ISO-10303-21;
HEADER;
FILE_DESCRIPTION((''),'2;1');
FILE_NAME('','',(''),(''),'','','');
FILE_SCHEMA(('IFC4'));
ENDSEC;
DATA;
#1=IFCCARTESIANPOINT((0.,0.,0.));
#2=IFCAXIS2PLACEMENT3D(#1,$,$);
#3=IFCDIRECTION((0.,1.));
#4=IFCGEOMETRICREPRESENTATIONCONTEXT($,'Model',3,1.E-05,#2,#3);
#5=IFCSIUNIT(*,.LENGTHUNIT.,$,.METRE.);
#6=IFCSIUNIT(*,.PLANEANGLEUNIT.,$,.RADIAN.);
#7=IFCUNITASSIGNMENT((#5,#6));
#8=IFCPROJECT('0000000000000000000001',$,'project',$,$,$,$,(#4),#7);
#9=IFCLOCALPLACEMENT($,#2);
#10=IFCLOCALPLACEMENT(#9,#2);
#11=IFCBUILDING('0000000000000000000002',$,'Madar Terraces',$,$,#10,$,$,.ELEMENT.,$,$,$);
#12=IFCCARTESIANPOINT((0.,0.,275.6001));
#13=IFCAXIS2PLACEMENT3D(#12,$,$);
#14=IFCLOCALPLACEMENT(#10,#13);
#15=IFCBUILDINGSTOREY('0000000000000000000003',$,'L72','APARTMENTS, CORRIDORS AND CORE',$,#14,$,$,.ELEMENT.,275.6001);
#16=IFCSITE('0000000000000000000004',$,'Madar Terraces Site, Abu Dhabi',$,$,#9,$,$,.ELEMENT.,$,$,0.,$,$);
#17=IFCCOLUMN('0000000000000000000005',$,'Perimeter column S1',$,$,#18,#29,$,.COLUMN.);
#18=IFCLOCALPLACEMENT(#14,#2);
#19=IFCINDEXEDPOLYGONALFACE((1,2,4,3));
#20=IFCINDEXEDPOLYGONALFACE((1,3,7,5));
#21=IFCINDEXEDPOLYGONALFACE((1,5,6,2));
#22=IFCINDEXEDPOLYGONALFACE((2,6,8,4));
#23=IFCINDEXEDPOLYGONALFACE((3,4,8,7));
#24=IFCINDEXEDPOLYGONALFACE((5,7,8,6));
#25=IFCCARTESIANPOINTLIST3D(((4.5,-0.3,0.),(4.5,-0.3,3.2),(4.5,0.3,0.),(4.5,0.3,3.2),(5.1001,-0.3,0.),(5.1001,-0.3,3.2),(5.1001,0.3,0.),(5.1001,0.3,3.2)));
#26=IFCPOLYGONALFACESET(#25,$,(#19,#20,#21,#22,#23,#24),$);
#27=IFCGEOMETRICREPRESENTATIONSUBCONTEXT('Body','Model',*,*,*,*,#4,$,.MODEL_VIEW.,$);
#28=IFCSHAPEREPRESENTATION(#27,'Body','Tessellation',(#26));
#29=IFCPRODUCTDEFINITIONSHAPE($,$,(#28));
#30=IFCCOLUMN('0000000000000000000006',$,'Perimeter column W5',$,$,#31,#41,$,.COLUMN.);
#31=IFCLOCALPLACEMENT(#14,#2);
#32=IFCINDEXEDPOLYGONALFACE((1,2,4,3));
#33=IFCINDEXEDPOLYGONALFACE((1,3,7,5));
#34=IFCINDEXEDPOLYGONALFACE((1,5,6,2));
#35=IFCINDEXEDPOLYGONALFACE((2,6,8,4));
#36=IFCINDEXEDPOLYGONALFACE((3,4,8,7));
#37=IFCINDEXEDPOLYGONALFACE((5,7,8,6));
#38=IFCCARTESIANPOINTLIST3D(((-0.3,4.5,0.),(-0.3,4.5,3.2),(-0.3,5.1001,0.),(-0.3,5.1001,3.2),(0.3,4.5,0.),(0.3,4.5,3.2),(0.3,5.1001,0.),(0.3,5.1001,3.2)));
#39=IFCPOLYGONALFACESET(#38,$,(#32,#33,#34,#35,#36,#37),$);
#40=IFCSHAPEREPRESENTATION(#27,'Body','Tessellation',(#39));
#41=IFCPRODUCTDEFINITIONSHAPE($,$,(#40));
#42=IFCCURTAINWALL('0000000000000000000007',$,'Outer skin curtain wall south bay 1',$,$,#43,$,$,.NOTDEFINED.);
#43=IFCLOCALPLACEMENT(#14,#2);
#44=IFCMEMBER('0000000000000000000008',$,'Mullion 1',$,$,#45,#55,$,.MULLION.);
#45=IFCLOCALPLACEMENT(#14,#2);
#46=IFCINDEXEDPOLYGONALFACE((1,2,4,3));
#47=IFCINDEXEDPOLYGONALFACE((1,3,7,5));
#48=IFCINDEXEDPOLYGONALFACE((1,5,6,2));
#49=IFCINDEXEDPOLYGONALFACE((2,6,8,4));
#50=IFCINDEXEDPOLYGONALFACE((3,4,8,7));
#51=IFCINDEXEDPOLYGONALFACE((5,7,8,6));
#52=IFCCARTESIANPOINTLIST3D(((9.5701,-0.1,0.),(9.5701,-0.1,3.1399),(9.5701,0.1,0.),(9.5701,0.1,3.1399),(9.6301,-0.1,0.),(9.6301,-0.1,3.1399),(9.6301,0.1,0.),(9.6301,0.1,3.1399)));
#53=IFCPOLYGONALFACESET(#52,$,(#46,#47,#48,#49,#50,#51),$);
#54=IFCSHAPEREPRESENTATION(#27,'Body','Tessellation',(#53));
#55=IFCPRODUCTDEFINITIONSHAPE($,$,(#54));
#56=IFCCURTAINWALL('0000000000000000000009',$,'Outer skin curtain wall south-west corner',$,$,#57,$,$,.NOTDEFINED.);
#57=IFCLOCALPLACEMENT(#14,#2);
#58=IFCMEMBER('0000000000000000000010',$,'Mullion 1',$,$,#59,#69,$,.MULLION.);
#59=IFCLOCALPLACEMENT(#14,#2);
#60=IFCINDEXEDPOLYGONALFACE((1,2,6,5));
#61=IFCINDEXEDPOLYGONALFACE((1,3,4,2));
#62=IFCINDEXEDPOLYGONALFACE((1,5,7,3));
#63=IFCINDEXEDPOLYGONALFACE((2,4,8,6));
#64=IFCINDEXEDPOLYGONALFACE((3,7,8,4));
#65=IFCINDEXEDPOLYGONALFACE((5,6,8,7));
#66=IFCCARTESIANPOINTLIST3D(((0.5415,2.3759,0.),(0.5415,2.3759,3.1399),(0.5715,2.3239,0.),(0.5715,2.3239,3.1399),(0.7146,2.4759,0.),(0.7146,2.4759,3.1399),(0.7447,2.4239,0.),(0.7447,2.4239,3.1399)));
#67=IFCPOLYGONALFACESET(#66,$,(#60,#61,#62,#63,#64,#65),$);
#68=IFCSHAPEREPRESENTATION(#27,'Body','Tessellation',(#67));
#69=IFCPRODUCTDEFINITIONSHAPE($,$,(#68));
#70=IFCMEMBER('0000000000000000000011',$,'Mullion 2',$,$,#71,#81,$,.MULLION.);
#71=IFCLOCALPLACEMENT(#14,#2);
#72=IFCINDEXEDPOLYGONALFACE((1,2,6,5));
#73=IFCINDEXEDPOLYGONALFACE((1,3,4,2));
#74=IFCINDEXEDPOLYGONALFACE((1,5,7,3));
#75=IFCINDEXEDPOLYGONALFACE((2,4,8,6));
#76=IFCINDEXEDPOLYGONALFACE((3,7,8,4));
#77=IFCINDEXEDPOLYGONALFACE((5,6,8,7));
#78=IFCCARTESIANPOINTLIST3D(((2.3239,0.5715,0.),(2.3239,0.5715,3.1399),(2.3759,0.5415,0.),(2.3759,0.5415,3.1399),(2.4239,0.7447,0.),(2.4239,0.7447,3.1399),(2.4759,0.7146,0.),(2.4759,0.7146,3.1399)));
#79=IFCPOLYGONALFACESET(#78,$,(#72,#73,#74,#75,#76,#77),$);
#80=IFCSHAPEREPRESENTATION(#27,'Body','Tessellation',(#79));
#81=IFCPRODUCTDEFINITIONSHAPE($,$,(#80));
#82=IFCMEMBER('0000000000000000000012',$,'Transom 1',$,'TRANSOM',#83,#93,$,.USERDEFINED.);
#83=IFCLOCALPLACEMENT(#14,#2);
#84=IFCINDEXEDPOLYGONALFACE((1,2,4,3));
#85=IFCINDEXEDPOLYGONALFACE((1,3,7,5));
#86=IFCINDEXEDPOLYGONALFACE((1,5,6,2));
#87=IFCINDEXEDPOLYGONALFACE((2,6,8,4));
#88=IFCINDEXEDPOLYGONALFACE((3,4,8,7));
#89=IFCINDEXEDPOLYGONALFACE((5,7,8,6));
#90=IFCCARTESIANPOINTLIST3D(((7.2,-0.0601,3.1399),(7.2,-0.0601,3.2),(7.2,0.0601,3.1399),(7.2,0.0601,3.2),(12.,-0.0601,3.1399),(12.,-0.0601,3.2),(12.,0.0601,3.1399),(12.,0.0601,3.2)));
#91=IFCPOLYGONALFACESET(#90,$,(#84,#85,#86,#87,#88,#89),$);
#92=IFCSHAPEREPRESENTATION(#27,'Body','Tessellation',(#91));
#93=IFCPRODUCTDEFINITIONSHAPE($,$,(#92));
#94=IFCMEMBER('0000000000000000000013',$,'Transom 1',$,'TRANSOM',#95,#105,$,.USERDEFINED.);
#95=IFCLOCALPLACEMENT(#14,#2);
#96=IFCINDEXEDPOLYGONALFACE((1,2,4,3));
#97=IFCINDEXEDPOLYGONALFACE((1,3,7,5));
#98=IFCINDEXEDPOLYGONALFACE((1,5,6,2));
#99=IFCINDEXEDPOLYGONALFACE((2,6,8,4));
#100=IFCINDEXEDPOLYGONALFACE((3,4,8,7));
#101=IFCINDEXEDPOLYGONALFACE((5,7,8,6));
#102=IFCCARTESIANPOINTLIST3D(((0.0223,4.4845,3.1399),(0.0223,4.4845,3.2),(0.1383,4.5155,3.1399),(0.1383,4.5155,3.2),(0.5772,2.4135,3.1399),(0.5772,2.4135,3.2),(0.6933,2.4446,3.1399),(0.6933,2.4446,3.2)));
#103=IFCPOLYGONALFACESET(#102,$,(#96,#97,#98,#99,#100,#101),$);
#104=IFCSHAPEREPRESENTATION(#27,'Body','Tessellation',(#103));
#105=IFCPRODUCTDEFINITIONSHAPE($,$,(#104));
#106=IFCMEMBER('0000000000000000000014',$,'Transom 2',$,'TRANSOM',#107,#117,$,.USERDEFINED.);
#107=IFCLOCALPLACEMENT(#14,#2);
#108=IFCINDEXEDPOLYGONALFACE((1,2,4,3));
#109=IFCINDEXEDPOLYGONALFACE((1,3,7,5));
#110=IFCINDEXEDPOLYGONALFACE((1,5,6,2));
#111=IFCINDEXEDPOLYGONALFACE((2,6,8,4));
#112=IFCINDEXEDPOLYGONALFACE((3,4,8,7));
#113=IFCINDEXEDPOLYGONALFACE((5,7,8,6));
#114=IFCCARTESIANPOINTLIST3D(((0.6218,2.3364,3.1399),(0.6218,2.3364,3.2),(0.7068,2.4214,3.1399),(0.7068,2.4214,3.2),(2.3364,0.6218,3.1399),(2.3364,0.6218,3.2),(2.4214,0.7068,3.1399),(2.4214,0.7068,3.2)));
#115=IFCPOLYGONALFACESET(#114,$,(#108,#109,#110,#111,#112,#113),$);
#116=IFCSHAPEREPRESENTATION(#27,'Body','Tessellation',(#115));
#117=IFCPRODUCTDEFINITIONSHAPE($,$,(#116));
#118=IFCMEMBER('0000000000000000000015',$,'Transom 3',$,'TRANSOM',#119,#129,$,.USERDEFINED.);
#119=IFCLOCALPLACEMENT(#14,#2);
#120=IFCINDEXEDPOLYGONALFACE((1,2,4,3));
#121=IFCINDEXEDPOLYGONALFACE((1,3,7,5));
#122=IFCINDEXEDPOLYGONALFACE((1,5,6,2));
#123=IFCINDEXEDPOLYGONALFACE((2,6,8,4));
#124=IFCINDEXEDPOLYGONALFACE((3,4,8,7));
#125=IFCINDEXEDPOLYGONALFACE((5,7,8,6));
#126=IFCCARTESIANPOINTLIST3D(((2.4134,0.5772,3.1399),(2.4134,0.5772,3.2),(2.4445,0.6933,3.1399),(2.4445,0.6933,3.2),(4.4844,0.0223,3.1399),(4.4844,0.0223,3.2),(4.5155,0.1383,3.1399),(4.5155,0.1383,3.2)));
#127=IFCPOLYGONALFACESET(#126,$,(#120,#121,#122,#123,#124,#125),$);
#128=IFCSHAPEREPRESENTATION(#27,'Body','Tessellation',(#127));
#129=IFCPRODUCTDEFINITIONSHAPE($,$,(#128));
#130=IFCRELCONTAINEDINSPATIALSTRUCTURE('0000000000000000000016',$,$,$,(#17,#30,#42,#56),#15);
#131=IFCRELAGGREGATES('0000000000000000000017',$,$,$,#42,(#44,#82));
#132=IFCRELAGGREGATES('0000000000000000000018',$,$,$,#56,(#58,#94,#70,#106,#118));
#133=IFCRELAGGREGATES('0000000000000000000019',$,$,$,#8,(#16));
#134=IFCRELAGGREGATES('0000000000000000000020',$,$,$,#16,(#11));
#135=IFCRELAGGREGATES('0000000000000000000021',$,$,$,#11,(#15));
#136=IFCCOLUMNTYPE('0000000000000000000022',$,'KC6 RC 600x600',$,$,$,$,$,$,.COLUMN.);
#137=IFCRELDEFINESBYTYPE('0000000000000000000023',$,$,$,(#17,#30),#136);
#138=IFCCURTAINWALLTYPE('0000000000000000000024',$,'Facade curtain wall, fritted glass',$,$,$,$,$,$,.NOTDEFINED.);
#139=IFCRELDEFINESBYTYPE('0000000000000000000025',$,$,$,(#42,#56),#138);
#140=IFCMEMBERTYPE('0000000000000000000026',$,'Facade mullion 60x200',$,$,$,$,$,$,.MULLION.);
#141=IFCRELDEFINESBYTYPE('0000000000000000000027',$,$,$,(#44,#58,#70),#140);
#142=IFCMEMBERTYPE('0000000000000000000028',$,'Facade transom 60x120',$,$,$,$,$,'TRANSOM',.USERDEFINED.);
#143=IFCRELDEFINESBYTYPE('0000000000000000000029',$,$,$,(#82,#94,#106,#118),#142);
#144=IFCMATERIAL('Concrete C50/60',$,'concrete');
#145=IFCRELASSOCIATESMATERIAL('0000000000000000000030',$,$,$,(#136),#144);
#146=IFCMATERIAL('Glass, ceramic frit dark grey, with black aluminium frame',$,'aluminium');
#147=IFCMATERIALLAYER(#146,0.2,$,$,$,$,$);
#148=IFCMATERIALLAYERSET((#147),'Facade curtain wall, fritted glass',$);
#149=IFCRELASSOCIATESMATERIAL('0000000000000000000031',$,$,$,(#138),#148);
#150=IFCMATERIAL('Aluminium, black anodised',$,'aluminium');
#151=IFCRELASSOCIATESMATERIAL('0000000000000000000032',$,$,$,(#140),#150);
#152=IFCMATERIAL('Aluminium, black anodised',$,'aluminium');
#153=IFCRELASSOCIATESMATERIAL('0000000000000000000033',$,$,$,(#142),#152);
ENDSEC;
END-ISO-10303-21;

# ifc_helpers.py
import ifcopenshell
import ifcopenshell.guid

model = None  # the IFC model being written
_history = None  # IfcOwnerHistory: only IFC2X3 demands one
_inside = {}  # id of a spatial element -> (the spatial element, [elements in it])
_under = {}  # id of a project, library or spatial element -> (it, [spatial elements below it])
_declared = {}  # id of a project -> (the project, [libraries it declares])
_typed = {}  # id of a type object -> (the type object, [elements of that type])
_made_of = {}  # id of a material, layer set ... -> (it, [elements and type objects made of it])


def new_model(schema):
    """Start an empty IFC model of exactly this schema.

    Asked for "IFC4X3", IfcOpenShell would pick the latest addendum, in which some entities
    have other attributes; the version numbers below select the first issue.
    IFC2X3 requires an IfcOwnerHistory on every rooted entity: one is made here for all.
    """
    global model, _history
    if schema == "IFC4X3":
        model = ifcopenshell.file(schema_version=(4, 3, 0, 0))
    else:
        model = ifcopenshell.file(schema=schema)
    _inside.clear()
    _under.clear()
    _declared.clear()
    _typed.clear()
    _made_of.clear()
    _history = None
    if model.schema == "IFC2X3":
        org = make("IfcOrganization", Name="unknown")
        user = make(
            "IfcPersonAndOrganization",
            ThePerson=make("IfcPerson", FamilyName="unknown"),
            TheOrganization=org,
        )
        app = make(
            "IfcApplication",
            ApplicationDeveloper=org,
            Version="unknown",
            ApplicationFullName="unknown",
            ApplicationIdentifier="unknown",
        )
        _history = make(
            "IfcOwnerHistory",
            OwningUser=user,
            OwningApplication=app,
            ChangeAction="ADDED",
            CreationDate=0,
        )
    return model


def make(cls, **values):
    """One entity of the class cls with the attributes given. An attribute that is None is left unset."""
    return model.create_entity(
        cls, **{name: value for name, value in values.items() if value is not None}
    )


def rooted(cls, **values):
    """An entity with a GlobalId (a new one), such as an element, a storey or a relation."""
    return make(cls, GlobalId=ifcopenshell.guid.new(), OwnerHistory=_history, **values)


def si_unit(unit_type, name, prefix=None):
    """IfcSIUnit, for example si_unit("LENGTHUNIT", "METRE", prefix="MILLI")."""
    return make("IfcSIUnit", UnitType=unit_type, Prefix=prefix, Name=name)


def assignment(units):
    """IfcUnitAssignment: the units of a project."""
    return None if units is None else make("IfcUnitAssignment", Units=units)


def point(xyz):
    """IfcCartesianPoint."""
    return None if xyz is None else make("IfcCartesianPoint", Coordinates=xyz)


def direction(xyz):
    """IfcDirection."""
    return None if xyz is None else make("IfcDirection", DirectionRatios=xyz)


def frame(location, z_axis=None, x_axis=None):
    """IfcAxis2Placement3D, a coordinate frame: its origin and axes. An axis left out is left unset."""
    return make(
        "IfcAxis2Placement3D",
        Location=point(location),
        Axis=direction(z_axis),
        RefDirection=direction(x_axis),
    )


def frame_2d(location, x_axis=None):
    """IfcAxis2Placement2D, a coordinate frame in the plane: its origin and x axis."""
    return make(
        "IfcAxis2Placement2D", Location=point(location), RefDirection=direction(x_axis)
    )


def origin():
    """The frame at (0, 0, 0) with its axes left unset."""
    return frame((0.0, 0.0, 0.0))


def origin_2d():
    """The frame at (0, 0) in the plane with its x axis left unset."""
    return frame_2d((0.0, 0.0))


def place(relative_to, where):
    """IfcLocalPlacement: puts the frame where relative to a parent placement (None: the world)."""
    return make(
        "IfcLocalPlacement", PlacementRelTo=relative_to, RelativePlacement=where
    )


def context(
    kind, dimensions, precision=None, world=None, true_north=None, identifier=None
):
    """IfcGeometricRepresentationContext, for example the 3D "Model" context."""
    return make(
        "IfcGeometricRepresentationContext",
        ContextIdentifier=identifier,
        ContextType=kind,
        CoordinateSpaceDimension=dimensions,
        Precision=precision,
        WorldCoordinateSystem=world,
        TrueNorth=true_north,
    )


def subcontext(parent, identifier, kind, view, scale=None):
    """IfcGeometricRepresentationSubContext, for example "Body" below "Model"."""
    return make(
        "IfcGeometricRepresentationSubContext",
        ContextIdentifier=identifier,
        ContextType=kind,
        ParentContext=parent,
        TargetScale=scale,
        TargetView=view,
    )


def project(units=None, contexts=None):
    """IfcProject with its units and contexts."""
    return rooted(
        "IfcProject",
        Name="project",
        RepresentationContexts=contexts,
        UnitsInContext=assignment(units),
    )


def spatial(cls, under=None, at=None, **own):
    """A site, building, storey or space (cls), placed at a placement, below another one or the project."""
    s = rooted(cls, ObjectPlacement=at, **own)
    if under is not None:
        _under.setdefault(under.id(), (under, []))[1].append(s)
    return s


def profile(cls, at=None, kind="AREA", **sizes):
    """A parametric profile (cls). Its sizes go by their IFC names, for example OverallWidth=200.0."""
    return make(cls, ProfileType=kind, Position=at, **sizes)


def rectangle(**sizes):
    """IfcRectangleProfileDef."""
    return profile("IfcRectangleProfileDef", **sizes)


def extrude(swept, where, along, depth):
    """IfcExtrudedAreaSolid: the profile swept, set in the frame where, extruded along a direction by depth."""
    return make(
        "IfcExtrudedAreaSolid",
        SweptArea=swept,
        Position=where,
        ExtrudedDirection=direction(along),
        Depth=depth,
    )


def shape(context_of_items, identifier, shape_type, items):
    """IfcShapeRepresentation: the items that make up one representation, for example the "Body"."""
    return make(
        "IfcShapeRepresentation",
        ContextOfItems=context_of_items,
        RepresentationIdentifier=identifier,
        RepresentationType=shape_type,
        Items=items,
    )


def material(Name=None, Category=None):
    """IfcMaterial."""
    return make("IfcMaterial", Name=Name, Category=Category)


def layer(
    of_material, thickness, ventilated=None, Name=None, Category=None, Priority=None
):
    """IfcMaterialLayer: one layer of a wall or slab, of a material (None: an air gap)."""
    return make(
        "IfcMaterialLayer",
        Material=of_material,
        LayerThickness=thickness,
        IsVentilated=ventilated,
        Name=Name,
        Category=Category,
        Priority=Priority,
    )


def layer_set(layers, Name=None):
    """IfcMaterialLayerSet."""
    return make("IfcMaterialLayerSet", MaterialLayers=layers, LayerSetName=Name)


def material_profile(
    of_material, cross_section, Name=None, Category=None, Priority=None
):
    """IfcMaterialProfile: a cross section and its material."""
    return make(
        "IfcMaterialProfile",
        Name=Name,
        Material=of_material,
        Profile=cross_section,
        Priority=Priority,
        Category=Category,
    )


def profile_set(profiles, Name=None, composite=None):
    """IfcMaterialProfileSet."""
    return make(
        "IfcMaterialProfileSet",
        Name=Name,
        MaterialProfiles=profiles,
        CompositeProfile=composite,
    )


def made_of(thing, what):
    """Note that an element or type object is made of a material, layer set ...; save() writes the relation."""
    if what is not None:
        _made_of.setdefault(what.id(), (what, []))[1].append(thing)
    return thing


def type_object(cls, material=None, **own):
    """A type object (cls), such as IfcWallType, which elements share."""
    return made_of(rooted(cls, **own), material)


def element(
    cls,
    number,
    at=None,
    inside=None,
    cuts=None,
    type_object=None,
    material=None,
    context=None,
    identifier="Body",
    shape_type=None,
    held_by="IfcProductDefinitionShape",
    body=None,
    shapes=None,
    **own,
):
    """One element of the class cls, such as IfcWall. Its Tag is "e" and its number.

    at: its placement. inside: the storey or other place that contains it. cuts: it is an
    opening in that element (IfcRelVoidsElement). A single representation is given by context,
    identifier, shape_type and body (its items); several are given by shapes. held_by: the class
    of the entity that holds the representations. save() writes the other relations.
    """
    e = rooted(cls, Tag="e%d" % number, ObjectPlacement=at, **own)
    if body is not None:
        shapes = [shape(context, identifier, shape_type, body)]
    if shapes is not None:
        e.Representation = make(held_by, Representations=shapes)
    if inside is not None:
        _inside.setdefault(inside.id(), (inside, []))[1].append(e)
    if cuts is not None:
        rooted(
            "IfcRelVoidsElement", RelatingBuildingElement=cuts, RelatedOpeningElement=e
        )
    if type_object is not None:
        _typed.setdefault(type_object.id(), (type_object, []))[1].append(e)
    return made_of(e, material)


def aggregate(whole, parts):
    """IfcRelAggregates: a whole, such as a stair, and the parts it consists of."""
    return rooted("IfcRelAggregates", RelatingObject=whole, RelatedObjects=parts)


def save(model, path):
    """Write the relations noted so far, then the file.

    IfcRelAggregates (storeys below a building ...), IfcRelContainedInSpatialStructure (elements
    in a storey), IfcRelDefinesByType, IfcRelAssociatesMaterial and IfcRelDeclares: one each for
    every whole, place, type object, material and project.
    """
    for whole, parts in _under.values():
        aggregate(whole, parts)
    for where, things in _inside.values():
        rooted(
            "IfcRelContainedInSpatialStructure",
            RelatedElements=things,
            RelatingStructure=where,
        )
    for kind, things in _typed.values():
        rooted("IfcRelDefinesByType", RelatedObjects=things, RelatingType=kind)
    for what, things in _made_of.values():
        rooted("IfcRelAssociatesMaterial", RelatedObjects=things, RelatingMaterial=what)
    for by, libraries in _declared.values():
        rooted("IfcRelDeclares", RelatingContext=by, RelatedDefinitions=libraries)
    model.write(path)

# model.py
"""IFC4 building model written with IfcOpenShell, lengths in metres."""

from ifc_helpers import new_model, si_unit, direction, frame, origin, origin_2d, place, context, subcontext, project, spatial, rectangle, extrude, material, layer, layer_set, material_profile, profile_set, type_object, element, aggregate, save


model = new_model("IFC4")

# Units and contexts
model_context = context("Model", 3, precision=1e-05, world=origin(), true_north=direction((0.0, 1.0)))
body_context = subcontext(model_context, "Body", "Model", "MODEL_VIEW")
ifc_project = project(units=[si_unit("LENGTHUNIT", "METRE"), si_unit("PLANEANGLEUNIT", "RADIAN")], contexts=[model_context])

# Site, building, storey
site_placement = place(None, origin())
site = spatial("IfcSite", under=ifc_project, at=site_placement, Name="Madar Terraces Site, Abu Dhabi", CompositionType="ELEMENT", RefElevation=0.0)
building_placement = place(site_placement, origin())
building = spatial("IfcBuilding", under=site, at=building_placement, Name="Madar Terraces", CompositionType="ELEMENT")
storey_placement = place(building_placement, frame((0.0, 0.0, 275.6001)))
storey = spatial("IfcBuildingStorey", under=building, at=storey_placement, Name="L72", Description="APARTMENTS, CORRIDORS AND CORE", CompositionType="ELEMENT", Elevation=275.6001)

# Columns
ifc_material_1 = material(Name="Concrete C50/60", Category="concrete")
ifc_material_profile_1 = material_profile(ifc_material_1, rectangle(XDim=0.6001, YDim=0.6001, at=origin_2d()), Name="KC6 RC 600x600")
ifc_profile_set_1 = profile_set([ifc_material_profile_1], Name="Concrete C50/60")
column_type = type_object("IfcColumnType", Name="KC6 RC 600x600", PredefinedType="COLUMN", material=ifc_profile_set_1)
for number, where, z_axis, x_axis, name in (
    (1, (4.8, 0.0, 0.0), (0.0, 0.0, 1.0), (1.0, 0.0, 0.0), "Perimeter column S1"),
    (2, (0.0, 4.8, 0.0), (0.0, 0.0, 1.0), (1.0, 0.0, 0.0), "Perimeter column W5"),
):
    element("IfcColumn", number, at=place(storey_placement, frame(where, z_axis=z_axis, x_axis=x_axis)), inside=storey, type_object=column_type, Name=name, PredefinedType="COLUMN", context=body_context, shape_type="SweptSolid", body=[
        extrude(rectangle(XDim=0.6001, YDim=0.6001, at=origin_2d()), origin(), (0.0, 0.0, 1.0), 3.2),
    ])

# Curtain wall, member
ifc_material_2 = material(Name="Glass, ceramic frit dark grey, with black aluminium frame", Category="aluminium")
ifc_layer_1 = layer(ifc_material_2, 0.2)
ifc_layer_set_1 = layer_set([ifc_layer_1], Name="Facade curtain wall, fritted glass")
curtain_wall_type = type_object("IfcCurtainWallType", Name="Facade curtain wall, fritted glass", PredefinedType="NOTDEFINED", material=ifc_layer_set_1)
curtain_wall_1_placement = place(storey_placement, origin())
curtain_wall_1 = element("IfcCurtainWall", 3, at=curtain_wall_1_placement, inside=storey, type_object=curtain_wall_type, Name="Outer skin curtain wall south bay 1", PredefinedType="NOTDEFINED")
ifc_material_3 = material(Name="Aluminium, black anodised", Category="aluminium")
ifc_material_profile_2 = material_profile(ifc_material_3, rectangle(XDim=0.2, YDim=0.0601, at=origin_2d()), Name="Facade mullion 60x200")
ifc_profile_set_2 = profile_set([ifc_material_profile_2], Name="Aluminium, black anodised")
member_type_1 = type_object("IfcMemberType", Name="Facade mullion 60x200", PredefinedType="MULLION", material=ifc_profile_set_2)
member_1_placement = place(storey_placement, frame((9.6001, 0.0, 0.0), z_axis=(0.0, 0.0, 1.0), x_axis=(0.0, 1.0, 0.0)))
member_1 = element("IfcMember", 4, at=member_1_placement, type_object=member_type_1, Name="Mullion 1", PredefinedType="MULLION", context=body_context, shape_type="SweptSolid", body=[
    extrude(rectangle(XDim=0.2, YDim=0.0601, at=origin_2d()), origin(), (0.0, 0.0, 1.0), 3.1399),
])

# Curtain wall, members
curtain_wall_2_placement = place(storey_placement, origin())
curtain_wall_2 = element("IfcCurtainWall", 5, at=curtain_wall_2_placement, inside=storey, type_object=curtain_wall_type, Name="Outer skin curtain wall south-west corner", PredefinedType="NOTDEFINED")
member_2_placement = place(storey_placement, frame((0.6431, 2.3999, 0.0), z_axis=(0.0, 0.0, 1.0), x_axis=(0.866025, 0.5, 0.0)))
member_2 = element("IfcMember", 6, at=member_2_placement, type_object=member_type_1, Name="Mullion 1", PredefinedType="MULLION", context=body_context, shape_type="SweptSolid", body=[
    extrude(rectangle(XDim=0.2, YDim=0.0601, at=origin_2d()), origin(), (0.0, 0.0, 1.0), 3.1399),
])
member_3_placement = place(storey_placement, frame((2.3999, 0.6431, 0.0), z_axis=(0.0, 0.0, 1.0), x_axis=(0.5, 0.866025, 0.0)))
member_3 = element("IfcMember", 7, at=member_3_placement, type_object=member_type_1, Name="Mullion 2", PredefinedType="MULLION", context=body_context, shape_type="SweptSolid", body=[
    extrude(rectangle(XDim=0.2, YDim=0.0601, at=origin_2d()), origin(), (0.0, 0.0, 1.0), 3.1399),
])

# Members
ifc_material_4 = material(Name="Aluminium, black anodised", Category="aluminium")
ifc_material_profile_3 = material_profile(ifc_material_4, rectangle(XDim=0.1201, YDim=0.0601, at=origin_2d()), Name="Facade transom 60x120")
ifc_profile_set_3 = profile_set([ifc_material_profile_3], Name="Aluminium, black anodised")
member_type_2 = type_object("IfcMemberType", Name="Facade transom 60x120", ElementType="TRANSOM", PredefinedType="USERDEFINED", material=ifc_profile_set_3)
member_4_placement = place(storey_placement, frame((7.2, 0.0, 3.1699), z_axis=(1.0, 0.0, 0.0), x_axis=(0.0, 1.0, 0.0)))
member_4 = element("IfcMember", 8, at=member_4_placement, type_object=member_type_2, Name="Transom 1", ObjectType="TRANSOM", PredefinedType="USERDEFINED", context=body_context, shape_type="SweptSolid", body=[
    extrude(rectangle(XDim=0.1201, YDim=0.0601, at=origin_2d()), origin(), (0.0, 0.0, 1.0), 4.8),
])
member_5_placement = place(storey_placement, frame((0.0803, 4.5, 3.1699), z_axis=(0.258818, -0.965926, 0.0), x_axis=(0.965926, 0.258818, 0.0)))
member_5 = element("IfcMember", 9, at=member_5_placement, type_object=member_type_2, Name="Transom 1", ObjectType="TRANSOM", PredefinedType="USERDEFINED", context=body_context, shape_type="SweptSolid", body=[
    extrude(rectangle(XDim=0.1201, YDim=0.0601, at=origin_2d()), origin(), (0.0, 0.0, 1.0), 2.144),
])
member_6_placement = place(storey_placement, frame((0.6643, 2.3789, 3.1699), z_axis=(0.707107, -0.707107, 0.0), x_axis=(0.707107, 0.707107, 0.0)))
member_6 = element("IfcMember", 10, at=member_6_placement, type_object=member_type_2, Name="Transom 2", ObjectType="TRANSOM", PredefinedType="USERDEFINED", context=body_context, shape_type="SweptSolid", body=[
    extrude(rectangle(XDim=0.1201, YDim=0.0601, at=origin_2d()), origin(), (0.0, 0.0, 1.0), 2.4248),
])
member_7_placement = place(storey_placement, frame((2.429, 0.6353, 3.1699), z_axis=(0.965926, -0.258818, 0.0), x_axis=(0.258818, 0.965926, 0.0)))
member_7 = element("IfcMember", 11, at=member_7_placement, type_object=member_type_2, Name="Transom 3", ObjectType="TRANSOM", PredefinedType="USERDEFINED", context=body_context, shape_type="SweptSolid", body=[
    extrude(rectangle(XDim=0.1201, YDim=0.0601, at=origin_2d()), origin(), (0.0, 0.0, 1.0), 2.144),
])

aggregate(curtain_wall_1, [member_1, member_4])
aggregate(curtain_wall_2, [member_2, member_5, member_3, member_6, member_7])

save(model, "model.ifc")
